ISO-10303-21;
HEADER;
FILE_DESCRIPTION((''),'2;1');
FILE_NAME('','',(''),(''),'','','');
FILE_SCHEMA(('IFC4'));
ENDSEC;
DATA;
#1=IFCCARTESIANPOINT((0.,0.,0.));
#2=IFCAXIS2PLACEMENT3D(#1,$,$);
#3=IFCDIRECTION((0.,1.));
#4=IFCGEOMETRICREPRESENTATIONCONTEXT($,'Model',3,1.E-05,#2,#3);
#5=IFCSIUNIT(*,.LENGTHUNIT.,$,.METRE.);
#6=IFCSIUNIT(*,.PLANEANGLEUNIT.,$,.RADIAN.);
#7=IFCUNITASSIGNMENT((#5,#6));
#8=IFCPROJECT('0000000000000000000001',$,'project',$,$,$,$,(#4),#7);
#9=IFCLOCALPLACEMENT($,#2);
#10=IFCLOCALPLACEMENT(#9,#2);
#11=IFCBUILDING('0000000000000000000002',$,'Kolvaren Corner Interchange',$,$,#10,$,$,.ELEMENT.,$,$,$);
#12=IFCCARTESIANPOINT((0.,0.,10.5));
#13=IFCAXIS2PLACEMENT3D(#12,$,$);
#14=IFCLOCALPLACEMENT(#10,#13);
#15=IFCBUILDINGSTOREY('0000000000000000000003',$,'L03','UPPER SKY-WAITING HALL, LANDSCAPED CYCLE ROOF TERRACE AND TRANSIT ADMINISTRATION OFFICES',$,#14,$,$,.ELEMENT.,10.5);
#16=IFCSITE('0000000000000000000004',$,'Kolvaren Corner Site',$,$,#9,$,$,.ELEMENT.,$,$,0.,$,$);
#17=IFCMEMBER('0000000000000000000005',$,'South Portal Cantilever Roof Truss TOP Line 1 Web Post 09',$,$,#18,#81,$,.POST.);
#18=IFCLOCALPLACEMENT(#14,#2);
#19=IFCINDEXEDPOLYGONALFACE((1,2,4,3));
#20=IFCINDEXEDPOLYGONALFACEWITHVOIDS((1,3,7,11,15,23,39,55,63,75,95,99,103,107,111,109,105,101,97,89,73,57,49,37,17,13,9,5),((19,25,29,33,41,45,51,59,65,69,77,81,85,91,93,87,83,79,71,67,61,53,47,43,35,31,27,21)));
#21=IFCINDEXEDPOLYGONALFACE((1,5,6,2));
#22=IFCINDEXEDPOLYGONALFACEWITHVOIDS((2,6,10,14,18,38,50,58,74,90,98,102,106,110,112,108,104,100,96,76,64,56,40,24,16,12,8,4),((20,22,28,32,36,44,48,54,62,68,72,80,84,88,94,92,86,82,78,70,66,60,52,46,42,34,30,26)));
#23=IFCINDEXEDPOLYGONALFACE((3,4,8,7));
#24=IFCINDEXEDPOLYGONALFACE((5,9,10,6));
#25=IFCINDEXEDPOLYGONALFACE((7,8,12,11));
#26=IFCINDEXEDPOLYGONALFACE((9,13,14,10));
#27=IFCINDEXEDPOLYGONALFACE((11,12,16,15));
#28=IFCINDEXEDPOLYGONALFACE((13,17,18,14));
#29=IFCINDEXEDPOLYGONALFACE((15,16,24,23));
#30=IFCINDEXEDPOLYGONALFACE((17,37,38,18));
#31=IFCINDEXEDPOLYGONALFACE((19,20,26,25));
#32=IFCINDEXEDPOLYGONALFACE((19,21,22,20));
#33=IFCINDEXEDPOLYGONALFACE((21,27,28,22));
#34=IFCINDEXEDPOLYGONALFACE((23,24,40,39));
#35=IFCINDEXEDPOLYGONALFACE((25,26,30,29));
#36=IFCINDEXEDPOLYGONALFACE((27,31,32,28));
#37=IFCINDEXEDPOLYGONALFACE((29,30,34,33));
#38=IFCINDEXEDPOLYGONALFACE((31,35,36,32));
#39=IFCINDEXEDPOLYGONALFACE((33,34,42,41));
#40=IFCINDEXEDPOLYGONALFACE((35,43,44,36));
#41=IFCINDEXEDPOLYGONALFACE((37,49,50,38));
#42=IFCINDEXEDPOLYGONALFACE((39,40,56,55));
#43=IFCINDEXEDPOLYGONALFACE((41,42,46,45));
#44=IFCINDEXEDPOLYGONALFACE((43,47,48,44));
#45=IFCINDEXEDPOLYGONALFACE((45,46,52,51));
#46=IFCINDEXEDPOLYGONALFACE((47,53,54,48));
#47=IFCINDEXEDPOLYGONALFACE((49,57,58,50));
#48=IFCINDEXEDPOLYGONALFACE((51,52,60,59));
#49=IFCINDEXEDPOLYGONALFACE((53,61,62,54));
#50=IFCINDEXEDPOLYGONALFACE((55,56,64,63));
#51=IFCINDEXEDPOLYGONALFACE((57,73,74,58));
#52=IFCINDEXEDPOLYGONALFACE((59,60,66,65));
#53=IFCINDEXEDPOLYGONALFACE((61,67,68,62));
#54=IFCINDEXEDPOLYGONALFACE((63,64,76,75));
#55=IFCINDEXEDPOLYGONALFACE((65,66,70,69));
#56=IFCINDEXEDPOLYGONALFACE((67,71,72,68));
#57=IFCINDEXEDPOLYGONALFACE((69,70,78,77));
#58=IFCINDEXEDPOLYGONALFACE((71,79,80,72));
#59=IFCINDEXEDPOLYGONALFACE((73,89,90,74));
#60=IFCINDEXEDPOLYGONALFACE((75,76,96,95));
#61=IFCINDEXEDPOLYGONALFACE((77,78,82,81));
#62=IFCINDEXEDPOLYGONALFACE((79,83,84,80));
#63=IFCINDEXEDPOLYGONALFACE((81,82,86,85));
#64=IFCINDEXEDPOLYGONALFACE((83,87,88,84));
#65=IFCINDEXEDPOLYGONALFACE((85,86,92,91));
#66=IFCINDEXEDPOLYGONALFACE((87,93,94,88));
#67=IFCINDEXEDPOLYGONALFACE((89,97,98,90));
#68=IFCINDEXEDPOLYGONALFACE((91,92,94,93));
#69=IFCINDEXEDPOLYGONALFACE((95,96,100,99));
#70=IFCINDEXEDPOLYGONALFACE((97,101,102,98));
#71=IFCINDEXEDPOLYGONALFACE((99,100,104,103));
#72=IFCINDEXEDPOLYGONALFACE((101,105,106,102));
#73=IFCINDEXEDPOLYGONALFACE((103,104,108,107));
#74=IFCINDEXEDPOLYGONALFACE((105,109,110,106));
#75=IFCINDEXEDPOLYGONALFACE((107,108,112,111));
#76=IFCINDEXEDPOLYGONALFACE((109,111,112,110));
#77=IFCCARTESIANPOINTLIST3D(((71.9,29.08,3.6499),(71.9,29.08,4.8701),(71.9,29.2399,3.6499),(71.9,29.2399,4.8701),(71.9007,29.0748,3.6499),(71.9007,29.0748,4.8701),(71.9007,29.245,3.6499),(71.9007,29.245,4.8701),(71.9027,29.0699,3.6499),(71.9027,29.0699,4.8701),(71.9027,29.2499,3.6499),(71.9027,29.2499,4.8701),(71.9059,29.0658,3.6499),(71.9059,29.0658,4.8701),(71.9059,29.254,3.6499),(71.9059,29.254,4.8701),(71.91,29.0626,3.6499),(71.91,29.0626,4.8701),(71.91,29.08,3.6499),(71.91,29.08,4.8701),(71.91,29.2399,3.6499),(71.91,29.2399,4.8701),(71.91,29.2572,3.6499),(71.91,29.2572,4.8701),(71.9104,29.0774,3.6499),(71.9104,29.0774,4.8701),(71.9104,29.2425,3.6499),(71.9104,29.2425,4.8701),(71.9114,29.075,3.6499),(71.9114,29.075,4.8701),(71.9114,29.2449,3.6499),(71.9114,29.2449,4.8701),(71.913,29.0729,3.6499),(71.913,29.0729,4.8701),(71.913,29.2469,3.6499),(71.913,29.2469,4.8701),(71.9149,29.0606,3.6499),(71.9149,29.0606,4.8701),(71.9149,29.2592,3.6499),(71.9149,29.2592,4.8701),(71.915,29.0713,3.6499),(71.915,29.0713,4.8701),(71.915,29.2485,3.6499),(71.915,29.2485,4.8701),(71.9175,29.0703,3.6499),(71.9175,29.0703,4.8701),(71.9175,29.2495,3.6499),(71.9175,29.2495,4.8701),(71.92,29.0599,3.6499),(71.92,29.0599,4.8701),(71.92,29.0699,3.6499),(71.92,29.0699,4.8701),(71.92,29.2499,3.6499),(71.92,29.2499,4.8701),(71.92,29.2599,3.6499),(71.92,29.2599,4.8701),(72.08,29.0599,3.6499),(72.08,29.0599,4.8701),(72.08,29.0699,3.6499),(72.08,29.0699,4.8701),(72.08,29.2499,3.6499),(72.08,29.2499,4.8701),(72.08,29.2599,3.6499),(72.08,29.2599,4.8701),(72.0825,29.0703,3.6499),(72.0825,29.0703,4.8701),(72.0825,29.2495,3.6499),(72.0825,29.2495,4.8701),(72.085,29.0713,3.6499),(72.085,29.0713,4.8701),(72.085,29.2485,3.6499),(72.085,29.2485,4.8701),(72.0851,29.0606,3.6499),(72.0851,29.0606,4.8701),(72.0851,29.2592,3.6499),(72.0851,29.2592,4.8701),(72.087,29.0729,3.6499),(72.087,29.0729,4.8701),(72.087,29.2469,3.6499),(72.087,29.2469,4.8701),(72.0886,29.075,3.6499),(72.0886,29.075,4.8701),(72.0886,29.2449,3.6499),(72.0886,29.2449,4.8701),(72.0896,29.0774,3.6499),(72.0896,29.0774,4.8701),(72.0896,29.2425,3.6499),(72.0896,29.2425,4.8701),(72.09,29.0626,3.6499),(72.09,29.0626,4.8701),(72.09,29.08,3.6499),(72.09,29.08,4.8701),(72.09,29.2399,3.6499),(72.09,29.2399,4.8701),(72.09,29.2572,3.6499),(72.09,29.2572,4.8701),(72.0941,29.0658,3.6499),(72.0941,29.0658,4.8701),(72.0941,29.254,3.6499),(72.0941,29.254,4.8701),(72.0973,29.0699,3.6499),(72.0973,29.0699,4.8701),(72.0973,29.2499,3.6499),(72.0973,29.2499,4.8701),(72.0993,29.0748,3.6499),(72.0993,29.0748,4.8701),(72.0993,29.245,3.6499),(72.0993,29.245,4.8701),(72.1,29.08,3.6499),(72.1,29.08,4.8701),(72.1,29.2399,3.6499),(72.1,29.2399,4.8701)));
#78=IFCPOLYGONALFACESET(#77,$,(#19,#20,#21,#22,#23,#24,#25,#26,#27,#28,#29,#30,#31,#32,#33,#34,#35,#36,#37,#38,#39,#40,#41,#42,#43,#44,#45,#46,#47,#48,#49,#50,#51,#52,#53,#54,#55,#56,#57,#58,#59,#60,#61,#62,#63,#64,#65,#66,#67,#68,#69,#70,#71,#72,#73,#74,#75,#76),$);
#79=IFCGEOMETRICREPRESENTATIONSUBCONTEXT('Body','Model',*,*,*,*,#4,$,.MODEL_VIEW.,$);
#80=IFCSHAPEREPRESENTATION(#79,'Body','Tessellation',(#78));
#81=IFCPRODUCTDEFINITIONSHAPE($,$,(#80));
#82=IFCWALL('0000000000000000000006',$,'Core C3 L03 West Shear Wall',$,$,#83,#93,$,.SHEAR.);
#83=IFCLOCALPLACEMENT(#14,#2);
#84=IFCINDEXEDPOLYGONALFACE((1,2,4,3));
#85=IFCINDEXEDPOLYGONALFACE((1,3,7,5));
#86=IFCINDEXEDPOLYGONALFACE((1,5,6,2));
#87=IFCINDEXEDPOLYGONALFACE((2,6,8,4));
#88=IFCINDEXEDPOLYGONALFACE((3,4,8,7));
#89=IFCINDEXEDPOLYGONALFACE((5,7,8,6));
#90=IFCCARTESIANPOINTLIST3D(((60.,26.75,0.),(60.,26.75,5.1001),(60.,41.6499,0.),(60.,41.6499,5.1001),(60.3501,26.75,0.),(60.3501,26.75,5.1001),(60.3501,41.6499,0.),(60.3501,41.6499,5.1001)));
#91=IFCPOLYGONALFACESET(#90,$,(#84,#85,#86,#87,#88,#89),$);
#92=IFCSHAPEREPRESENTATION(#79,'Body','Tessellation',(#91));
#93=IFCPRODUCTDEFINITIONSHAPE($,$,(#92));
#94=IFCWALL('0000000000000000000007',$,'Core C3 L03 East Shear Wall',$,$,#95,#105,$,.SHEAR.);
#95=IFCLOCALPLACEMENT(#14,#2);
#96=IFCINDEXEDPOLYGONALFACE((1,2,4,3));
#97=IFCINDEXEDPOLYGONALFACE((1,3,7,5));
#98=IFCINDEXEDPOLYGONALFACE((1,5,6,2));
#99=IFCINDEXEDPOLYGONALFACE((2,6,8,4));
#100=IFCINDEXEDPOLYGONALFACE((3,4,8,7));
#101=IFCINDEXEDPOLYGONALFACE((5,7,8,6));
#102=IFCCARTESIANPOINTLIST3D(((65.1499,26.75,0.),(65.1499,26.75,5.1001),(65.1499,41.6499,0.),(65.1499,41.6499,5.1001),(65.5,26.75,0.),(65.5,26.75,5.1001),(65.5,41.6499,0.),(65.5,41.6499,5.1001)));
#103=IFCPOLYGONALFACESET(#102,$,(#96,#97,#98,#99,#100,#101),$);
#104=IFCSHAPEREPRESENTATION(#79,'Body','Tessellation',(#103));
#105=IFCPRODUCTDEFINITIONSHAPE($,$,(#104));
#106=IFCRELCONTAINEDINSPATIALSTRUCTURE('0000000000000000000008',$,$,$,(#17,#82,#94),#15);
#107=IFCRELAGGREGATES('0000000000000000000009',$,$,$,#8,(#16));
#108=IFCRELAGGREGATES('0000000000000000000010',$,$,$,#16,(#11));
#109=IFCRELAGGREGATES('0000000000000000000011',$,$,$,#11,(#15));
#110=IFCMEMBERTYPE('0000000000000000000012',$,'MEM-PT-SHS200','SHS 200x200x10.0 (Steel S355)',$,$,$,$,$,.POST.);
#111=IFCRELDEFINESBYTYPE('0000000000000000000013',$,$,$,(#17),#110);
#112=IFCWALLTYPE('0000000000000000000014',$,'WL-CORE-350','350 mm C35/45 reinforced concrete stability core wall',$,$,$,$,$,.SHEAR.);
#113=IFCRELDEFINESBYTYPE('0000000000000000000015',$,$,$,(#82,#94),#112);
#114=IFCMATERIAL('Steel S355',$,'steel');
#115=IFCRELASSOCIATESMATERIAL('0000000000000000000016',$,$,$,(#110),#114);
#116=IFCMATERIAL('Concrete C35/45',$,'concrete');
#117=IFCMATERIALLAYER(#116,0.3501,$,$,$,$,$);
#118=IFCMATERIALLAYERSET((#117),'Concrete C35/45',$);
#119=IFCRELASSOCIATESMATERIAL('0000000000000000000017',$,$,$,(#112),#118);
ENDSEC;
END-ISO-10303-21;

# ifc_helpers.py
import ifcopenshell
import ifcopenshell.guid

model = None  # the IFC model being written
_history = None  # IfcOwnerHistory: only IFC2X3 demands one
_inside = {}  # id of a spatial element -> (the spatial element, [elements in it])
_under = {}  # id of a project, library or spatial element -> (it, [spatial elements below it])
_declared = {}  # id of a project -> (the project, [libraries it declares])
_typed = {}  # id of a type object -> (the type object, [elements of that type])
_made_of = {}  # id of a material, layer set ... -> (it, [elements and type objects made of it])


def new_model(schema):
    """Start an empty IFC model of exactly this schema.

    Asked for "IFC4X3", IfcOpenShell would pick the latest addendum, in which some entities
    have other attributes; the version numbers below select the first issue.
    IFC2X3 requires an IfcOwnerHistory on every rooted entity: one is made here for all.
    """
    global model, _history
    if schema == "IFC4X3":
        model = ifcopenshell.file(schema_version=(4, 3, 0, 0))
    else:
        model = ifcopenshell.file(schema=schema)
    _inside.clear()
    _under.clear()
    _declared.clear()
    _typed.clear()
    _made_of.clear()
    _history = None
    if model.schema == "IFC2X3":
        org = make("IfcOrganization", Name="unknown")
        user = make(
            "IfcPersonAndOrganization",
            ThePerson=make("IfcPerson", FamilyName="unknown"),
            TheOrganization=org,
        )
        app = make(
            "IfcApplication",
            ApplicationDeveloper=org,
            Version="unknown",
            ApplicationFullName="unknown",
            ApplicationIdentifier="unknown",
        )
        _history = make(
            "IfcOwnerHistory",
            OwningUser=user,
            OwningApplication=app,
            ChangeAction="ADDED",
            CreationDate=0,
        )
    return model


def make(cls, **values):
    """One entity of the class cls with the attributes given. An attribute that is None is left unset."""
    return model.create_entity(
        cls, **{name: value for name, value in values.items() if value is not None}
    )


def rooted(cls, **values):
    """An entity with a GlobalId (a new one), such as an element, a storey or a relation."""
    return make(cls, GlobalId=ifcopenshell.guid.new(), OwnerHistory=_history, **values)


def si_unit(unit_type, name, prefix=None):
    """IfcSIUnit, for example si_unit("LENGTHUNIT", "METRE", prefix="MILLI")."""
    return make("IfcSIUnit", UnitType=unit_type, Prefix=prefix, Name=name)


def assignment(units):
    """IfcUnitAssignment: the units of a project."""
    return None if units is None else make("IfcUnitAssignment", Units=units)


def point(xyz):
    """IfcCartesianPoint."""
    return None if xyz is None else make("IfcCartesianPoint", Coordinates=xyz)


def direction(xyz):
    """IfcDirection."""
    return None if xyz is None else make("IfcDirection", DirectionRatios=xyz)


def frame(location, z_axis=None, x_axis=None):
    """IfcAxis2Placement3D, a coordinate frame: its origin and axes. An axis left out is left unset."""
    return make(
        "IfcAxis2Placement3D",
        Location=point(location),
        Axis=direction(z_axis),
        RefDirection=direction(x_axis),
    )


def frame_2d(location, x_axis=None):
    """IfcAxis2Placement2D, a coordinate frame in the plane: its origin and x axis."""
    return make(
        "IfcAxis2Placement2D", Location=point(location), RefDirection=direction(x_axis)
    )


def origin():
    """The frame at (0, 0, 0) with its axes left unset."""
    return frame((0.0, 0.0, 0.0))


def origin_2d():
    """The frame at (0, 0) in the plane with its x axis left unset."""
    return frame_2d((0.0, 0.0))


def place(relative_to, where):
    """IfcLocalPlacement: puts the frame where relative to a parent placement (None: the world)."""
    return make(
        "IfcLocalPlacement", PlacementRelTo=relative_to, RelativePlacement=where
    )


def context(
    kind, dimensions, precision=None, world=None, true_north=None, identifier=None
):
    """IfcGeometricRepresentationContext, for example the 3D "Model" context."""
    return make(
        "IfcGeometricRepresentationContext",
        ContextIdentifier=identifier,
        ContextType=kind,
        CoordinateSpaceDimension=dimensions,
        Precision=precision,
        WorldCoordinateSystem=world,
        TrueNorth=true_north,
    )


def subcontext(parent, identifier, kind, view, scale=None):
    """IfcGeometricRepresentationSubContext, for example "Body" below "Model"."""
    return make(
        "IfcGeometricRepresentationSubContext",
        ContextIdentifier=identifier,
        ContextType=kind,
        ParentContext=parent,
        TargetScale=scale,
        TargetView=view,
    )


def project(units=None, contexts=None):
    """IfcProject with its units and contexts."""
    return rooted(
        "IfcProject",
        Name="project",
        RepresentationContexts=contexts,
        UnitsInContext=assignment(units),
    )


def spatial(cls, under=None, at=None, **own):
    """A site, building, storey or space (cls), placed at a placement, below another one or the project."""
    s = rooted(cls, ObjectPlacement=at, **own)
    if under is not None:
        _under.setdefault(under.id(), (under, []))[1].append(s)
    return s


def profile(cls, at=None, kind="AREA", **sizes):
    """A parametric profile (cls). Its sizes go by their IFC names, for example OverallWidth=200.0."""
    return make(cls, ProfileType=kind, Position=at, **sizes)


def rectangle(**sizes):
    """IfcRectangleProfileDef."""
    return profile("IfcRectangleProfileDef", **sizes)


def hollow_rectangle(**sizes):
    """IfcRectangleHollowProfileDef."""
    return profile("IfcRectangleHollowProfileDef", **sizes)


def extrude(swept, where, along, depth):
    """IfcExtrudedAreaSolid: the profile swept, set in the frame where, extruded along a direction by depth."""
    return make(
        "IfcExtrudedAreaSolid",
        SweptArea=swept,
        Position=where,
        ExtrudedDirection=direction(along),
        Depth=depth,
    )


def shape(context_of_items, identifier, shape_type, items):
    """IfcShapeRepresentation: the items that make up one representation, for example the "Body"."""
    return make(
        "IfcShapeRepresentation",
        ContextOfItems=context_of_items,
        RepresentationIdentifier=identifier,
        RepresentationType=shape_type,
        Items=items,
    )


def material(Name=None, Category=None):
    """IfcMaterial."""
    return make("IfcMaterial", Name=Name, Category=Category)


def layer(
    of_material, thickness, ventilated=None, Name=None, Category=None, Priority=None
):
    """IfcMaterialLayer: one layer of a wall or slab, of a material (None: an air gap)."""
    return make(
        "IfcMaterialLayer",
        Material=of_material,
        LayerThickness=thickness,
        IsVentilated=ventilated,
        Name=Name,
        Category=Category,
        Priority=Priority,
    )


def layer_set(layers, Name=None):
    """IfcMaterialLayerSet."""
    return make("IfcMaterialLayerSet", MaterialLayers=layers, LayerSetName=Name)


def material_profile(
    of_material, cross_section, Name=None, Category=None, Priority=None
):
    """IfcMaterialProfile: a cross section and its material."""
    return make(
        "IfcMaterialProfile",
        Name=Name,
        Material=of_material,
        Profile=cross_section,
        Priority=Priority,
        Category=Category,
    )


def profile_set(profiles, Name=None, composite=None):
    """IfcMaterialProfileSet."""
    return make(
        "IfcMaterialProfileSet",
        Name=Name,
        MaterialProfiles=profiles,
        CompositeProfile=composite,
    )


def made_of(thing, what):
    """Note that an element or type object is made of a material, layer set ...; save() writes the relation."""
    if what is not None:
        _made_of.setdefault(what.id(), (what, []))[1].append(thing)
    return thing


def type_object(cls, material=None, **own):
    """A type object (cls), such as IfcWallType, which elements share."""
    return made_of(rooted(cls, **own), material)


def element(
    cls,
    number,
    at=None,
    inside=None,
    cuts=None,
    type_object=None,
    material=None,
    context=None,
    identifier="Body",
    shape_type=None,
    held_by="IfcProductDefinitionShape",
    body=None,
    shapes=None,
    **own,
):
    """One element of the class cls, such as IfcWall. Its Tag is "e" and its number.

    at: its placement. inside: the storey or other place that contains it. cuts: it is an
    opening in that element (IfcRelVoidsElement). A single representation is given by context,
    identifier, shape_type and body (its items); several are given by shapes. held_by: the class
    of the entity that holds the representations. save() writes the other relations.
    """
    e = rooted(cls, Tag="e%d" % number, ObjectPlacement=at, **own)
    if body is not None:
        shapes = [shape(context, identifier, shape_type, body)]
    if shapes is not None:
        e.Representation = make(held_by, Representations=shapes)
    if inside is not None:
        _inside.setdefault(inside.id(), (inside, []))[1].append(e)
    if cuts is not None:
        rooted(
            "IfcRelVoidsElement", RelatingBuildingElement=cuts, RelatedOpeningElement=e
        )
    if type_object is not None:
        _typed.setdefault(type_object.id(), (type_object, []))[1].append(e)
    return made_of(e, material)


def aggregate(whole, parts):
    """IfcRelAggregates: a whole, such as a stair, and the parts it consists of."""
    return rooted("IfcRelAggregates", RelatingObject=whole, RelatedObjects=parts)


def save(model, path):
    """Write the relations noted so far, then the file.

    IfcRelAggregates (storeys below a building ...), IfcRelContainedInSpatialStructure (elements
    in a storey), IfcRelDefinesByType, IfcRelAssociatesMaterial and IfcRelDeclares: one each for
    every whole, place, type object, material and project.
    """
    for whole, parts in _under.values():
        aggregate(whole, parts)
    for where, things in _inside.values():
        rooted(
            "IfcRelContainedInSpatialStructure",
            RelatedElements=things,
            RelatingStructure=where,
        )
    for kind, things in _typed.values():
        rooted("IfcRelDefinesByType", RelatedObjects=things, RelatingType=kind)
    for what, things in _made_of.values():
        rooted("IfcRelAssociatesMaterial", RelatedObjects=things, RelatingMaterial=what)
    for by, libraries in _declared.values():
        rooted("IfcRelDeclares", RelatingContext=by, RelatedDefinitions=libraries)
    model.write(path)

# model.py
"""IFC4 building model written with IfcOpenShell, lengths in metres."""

from ifc_helpers import new_model, si_unit, direction, frame, frame_2d, origin, origin_2d, place, context, subcontext, project, spatial, rectangle, hollow_rectangle, extrude, material, layer, layer_set, material_profile, profile_set, type_object, element, save


model = new_model("IFC4")

# Units and contexts
model_context = context("Model", 3, precision=1e-05, world=origin(), true_north=direction((0.0, 1.0)))
body_context = subcontext(model_context, "Body", "Model", "MODEL_VIEW")
ifc_project = project(units=[si_unit("LENGTHUNIT", "METRE"), si_unit("PLANEANGLEUNIT", "RADIAN")], contexts=[model_context])

# Site, building, storey
site_placement = place(None, origin())
site = spatial("IfcSite", under=ifc_project, at=site_placement, Name="Kolvaren Corner Site", CompositionType="ELEMENT", RefElevation=0.0)
building_placement = place(site_placement, origin())
building = spatial("IfcBuilding", under=site, at=building_placement, Name="Kolvaren Corner Interchange", CompositionType="ELEMENT")
storey_placement = place(building_placement, frame((0.0, 0.0, 10.5)))
storey = spatial("IfcBuildingStorey", under=building, at=storey_placement, Name="L03", Description="UPPER SKY-WAITING HALL, LANDSCAPED CYCLE ROOF TERRACE AND TRANSIT ADMINISTRATION OFFICES", CompositionType="ELEMENT", Elevation=10.5)

# Member
ifc_material_1 = material(Name="Steel S355", Category="steel")
ifc_material_profile_1 = material_profile(ifc_material_1, hollow_rectangle(XDim=0.2, YDim=0.2, WallThickness=0.01, InnerFilletRadius=0.01, OuterFilletRadius=0.02, at=origin_2d()), Name="SHS 200x200x10.0")
ifc_profile_set_1 = profile_set([ifc_material_profile_1], Name="Steel S355")
member_type_1 = type_object("IfcMemberType", Name="MEM-PT-SHS200", Description="SHS 200x200x10.0 (Steel S355)", PredefinedType="POST", material=ifc_profile_set_1)
for number, where, z_axis, x_axis, name in (
    (1, (72.0, 29.1599, 3.6499), (0.0, 0.0, 1.0), (1.0, 0.0, 0.0), "South Portal Cantilever Roof Truss TOP Line 1 Web Post 09"),
):
    element("IfcMember", number, at=place(storey_placement, frame(where, z_axis=z_axis, x_axis=x_axis)), inside=storey, type_object=member_type_1, Name=name, PredefinedType="POST", context=body_context, shape_type="SweptSolid", body=[
        extrude(hollow_rectangle(XDim=0.2, YDim=0.2, WallThickness=0.01, InnerFilletRadius=0.01, OuterFilletRadius=0.02, at=origin_2d()), origin(), (0.0, 0.0, 1.0), 1.2202),
    ])

# Walls
ifc_material_2 = material(Name="Concrete C35/45", Category="concrete")
ifc_layer = layer(ifc_material_2, 0.3501)
ifc_layer_set = layer_set([ifc_layer], Name="Concrete C35/45")
wall_type = type_object("IfcWallType", Name="WL-CORE-350", Description="350 mm C35/45 reinforced concrete stability core wall", PredefinedType="SHEAR", material=ifc_layer_set)
for number, where, z_axis, x_axis, name in (
    (2, (60.175, 26.75, 0.0), (0.0, 0.0, 1.0), (0.0, 1.0, 0.0), "Core C3 L03 West Shear Wall"),
    (3, (65.325, 26.75, 0.0), (0.0, 0.0, 1.0), (0.0, 1.0, 0.0), "Core C3 L03 East Shear Wall"),
):
    element("IfcWall", number, at=place(storey_placement, frame(where, z_axis=z_axis, x_axis=x_axis)), inside=storey, type_object=wall_type, Name=name, PredefinedType="SHEAR", context=body_context, shape_type="SweptSolid", body=[
        extrude(rectangle(XDim=14.8999, YDim=0.3501, at=frame_2d((7.45, 0.0))), origin(), (0.0, 0.0, 1.0), 5.1001),
    ])

save(model, "model.ifc")
